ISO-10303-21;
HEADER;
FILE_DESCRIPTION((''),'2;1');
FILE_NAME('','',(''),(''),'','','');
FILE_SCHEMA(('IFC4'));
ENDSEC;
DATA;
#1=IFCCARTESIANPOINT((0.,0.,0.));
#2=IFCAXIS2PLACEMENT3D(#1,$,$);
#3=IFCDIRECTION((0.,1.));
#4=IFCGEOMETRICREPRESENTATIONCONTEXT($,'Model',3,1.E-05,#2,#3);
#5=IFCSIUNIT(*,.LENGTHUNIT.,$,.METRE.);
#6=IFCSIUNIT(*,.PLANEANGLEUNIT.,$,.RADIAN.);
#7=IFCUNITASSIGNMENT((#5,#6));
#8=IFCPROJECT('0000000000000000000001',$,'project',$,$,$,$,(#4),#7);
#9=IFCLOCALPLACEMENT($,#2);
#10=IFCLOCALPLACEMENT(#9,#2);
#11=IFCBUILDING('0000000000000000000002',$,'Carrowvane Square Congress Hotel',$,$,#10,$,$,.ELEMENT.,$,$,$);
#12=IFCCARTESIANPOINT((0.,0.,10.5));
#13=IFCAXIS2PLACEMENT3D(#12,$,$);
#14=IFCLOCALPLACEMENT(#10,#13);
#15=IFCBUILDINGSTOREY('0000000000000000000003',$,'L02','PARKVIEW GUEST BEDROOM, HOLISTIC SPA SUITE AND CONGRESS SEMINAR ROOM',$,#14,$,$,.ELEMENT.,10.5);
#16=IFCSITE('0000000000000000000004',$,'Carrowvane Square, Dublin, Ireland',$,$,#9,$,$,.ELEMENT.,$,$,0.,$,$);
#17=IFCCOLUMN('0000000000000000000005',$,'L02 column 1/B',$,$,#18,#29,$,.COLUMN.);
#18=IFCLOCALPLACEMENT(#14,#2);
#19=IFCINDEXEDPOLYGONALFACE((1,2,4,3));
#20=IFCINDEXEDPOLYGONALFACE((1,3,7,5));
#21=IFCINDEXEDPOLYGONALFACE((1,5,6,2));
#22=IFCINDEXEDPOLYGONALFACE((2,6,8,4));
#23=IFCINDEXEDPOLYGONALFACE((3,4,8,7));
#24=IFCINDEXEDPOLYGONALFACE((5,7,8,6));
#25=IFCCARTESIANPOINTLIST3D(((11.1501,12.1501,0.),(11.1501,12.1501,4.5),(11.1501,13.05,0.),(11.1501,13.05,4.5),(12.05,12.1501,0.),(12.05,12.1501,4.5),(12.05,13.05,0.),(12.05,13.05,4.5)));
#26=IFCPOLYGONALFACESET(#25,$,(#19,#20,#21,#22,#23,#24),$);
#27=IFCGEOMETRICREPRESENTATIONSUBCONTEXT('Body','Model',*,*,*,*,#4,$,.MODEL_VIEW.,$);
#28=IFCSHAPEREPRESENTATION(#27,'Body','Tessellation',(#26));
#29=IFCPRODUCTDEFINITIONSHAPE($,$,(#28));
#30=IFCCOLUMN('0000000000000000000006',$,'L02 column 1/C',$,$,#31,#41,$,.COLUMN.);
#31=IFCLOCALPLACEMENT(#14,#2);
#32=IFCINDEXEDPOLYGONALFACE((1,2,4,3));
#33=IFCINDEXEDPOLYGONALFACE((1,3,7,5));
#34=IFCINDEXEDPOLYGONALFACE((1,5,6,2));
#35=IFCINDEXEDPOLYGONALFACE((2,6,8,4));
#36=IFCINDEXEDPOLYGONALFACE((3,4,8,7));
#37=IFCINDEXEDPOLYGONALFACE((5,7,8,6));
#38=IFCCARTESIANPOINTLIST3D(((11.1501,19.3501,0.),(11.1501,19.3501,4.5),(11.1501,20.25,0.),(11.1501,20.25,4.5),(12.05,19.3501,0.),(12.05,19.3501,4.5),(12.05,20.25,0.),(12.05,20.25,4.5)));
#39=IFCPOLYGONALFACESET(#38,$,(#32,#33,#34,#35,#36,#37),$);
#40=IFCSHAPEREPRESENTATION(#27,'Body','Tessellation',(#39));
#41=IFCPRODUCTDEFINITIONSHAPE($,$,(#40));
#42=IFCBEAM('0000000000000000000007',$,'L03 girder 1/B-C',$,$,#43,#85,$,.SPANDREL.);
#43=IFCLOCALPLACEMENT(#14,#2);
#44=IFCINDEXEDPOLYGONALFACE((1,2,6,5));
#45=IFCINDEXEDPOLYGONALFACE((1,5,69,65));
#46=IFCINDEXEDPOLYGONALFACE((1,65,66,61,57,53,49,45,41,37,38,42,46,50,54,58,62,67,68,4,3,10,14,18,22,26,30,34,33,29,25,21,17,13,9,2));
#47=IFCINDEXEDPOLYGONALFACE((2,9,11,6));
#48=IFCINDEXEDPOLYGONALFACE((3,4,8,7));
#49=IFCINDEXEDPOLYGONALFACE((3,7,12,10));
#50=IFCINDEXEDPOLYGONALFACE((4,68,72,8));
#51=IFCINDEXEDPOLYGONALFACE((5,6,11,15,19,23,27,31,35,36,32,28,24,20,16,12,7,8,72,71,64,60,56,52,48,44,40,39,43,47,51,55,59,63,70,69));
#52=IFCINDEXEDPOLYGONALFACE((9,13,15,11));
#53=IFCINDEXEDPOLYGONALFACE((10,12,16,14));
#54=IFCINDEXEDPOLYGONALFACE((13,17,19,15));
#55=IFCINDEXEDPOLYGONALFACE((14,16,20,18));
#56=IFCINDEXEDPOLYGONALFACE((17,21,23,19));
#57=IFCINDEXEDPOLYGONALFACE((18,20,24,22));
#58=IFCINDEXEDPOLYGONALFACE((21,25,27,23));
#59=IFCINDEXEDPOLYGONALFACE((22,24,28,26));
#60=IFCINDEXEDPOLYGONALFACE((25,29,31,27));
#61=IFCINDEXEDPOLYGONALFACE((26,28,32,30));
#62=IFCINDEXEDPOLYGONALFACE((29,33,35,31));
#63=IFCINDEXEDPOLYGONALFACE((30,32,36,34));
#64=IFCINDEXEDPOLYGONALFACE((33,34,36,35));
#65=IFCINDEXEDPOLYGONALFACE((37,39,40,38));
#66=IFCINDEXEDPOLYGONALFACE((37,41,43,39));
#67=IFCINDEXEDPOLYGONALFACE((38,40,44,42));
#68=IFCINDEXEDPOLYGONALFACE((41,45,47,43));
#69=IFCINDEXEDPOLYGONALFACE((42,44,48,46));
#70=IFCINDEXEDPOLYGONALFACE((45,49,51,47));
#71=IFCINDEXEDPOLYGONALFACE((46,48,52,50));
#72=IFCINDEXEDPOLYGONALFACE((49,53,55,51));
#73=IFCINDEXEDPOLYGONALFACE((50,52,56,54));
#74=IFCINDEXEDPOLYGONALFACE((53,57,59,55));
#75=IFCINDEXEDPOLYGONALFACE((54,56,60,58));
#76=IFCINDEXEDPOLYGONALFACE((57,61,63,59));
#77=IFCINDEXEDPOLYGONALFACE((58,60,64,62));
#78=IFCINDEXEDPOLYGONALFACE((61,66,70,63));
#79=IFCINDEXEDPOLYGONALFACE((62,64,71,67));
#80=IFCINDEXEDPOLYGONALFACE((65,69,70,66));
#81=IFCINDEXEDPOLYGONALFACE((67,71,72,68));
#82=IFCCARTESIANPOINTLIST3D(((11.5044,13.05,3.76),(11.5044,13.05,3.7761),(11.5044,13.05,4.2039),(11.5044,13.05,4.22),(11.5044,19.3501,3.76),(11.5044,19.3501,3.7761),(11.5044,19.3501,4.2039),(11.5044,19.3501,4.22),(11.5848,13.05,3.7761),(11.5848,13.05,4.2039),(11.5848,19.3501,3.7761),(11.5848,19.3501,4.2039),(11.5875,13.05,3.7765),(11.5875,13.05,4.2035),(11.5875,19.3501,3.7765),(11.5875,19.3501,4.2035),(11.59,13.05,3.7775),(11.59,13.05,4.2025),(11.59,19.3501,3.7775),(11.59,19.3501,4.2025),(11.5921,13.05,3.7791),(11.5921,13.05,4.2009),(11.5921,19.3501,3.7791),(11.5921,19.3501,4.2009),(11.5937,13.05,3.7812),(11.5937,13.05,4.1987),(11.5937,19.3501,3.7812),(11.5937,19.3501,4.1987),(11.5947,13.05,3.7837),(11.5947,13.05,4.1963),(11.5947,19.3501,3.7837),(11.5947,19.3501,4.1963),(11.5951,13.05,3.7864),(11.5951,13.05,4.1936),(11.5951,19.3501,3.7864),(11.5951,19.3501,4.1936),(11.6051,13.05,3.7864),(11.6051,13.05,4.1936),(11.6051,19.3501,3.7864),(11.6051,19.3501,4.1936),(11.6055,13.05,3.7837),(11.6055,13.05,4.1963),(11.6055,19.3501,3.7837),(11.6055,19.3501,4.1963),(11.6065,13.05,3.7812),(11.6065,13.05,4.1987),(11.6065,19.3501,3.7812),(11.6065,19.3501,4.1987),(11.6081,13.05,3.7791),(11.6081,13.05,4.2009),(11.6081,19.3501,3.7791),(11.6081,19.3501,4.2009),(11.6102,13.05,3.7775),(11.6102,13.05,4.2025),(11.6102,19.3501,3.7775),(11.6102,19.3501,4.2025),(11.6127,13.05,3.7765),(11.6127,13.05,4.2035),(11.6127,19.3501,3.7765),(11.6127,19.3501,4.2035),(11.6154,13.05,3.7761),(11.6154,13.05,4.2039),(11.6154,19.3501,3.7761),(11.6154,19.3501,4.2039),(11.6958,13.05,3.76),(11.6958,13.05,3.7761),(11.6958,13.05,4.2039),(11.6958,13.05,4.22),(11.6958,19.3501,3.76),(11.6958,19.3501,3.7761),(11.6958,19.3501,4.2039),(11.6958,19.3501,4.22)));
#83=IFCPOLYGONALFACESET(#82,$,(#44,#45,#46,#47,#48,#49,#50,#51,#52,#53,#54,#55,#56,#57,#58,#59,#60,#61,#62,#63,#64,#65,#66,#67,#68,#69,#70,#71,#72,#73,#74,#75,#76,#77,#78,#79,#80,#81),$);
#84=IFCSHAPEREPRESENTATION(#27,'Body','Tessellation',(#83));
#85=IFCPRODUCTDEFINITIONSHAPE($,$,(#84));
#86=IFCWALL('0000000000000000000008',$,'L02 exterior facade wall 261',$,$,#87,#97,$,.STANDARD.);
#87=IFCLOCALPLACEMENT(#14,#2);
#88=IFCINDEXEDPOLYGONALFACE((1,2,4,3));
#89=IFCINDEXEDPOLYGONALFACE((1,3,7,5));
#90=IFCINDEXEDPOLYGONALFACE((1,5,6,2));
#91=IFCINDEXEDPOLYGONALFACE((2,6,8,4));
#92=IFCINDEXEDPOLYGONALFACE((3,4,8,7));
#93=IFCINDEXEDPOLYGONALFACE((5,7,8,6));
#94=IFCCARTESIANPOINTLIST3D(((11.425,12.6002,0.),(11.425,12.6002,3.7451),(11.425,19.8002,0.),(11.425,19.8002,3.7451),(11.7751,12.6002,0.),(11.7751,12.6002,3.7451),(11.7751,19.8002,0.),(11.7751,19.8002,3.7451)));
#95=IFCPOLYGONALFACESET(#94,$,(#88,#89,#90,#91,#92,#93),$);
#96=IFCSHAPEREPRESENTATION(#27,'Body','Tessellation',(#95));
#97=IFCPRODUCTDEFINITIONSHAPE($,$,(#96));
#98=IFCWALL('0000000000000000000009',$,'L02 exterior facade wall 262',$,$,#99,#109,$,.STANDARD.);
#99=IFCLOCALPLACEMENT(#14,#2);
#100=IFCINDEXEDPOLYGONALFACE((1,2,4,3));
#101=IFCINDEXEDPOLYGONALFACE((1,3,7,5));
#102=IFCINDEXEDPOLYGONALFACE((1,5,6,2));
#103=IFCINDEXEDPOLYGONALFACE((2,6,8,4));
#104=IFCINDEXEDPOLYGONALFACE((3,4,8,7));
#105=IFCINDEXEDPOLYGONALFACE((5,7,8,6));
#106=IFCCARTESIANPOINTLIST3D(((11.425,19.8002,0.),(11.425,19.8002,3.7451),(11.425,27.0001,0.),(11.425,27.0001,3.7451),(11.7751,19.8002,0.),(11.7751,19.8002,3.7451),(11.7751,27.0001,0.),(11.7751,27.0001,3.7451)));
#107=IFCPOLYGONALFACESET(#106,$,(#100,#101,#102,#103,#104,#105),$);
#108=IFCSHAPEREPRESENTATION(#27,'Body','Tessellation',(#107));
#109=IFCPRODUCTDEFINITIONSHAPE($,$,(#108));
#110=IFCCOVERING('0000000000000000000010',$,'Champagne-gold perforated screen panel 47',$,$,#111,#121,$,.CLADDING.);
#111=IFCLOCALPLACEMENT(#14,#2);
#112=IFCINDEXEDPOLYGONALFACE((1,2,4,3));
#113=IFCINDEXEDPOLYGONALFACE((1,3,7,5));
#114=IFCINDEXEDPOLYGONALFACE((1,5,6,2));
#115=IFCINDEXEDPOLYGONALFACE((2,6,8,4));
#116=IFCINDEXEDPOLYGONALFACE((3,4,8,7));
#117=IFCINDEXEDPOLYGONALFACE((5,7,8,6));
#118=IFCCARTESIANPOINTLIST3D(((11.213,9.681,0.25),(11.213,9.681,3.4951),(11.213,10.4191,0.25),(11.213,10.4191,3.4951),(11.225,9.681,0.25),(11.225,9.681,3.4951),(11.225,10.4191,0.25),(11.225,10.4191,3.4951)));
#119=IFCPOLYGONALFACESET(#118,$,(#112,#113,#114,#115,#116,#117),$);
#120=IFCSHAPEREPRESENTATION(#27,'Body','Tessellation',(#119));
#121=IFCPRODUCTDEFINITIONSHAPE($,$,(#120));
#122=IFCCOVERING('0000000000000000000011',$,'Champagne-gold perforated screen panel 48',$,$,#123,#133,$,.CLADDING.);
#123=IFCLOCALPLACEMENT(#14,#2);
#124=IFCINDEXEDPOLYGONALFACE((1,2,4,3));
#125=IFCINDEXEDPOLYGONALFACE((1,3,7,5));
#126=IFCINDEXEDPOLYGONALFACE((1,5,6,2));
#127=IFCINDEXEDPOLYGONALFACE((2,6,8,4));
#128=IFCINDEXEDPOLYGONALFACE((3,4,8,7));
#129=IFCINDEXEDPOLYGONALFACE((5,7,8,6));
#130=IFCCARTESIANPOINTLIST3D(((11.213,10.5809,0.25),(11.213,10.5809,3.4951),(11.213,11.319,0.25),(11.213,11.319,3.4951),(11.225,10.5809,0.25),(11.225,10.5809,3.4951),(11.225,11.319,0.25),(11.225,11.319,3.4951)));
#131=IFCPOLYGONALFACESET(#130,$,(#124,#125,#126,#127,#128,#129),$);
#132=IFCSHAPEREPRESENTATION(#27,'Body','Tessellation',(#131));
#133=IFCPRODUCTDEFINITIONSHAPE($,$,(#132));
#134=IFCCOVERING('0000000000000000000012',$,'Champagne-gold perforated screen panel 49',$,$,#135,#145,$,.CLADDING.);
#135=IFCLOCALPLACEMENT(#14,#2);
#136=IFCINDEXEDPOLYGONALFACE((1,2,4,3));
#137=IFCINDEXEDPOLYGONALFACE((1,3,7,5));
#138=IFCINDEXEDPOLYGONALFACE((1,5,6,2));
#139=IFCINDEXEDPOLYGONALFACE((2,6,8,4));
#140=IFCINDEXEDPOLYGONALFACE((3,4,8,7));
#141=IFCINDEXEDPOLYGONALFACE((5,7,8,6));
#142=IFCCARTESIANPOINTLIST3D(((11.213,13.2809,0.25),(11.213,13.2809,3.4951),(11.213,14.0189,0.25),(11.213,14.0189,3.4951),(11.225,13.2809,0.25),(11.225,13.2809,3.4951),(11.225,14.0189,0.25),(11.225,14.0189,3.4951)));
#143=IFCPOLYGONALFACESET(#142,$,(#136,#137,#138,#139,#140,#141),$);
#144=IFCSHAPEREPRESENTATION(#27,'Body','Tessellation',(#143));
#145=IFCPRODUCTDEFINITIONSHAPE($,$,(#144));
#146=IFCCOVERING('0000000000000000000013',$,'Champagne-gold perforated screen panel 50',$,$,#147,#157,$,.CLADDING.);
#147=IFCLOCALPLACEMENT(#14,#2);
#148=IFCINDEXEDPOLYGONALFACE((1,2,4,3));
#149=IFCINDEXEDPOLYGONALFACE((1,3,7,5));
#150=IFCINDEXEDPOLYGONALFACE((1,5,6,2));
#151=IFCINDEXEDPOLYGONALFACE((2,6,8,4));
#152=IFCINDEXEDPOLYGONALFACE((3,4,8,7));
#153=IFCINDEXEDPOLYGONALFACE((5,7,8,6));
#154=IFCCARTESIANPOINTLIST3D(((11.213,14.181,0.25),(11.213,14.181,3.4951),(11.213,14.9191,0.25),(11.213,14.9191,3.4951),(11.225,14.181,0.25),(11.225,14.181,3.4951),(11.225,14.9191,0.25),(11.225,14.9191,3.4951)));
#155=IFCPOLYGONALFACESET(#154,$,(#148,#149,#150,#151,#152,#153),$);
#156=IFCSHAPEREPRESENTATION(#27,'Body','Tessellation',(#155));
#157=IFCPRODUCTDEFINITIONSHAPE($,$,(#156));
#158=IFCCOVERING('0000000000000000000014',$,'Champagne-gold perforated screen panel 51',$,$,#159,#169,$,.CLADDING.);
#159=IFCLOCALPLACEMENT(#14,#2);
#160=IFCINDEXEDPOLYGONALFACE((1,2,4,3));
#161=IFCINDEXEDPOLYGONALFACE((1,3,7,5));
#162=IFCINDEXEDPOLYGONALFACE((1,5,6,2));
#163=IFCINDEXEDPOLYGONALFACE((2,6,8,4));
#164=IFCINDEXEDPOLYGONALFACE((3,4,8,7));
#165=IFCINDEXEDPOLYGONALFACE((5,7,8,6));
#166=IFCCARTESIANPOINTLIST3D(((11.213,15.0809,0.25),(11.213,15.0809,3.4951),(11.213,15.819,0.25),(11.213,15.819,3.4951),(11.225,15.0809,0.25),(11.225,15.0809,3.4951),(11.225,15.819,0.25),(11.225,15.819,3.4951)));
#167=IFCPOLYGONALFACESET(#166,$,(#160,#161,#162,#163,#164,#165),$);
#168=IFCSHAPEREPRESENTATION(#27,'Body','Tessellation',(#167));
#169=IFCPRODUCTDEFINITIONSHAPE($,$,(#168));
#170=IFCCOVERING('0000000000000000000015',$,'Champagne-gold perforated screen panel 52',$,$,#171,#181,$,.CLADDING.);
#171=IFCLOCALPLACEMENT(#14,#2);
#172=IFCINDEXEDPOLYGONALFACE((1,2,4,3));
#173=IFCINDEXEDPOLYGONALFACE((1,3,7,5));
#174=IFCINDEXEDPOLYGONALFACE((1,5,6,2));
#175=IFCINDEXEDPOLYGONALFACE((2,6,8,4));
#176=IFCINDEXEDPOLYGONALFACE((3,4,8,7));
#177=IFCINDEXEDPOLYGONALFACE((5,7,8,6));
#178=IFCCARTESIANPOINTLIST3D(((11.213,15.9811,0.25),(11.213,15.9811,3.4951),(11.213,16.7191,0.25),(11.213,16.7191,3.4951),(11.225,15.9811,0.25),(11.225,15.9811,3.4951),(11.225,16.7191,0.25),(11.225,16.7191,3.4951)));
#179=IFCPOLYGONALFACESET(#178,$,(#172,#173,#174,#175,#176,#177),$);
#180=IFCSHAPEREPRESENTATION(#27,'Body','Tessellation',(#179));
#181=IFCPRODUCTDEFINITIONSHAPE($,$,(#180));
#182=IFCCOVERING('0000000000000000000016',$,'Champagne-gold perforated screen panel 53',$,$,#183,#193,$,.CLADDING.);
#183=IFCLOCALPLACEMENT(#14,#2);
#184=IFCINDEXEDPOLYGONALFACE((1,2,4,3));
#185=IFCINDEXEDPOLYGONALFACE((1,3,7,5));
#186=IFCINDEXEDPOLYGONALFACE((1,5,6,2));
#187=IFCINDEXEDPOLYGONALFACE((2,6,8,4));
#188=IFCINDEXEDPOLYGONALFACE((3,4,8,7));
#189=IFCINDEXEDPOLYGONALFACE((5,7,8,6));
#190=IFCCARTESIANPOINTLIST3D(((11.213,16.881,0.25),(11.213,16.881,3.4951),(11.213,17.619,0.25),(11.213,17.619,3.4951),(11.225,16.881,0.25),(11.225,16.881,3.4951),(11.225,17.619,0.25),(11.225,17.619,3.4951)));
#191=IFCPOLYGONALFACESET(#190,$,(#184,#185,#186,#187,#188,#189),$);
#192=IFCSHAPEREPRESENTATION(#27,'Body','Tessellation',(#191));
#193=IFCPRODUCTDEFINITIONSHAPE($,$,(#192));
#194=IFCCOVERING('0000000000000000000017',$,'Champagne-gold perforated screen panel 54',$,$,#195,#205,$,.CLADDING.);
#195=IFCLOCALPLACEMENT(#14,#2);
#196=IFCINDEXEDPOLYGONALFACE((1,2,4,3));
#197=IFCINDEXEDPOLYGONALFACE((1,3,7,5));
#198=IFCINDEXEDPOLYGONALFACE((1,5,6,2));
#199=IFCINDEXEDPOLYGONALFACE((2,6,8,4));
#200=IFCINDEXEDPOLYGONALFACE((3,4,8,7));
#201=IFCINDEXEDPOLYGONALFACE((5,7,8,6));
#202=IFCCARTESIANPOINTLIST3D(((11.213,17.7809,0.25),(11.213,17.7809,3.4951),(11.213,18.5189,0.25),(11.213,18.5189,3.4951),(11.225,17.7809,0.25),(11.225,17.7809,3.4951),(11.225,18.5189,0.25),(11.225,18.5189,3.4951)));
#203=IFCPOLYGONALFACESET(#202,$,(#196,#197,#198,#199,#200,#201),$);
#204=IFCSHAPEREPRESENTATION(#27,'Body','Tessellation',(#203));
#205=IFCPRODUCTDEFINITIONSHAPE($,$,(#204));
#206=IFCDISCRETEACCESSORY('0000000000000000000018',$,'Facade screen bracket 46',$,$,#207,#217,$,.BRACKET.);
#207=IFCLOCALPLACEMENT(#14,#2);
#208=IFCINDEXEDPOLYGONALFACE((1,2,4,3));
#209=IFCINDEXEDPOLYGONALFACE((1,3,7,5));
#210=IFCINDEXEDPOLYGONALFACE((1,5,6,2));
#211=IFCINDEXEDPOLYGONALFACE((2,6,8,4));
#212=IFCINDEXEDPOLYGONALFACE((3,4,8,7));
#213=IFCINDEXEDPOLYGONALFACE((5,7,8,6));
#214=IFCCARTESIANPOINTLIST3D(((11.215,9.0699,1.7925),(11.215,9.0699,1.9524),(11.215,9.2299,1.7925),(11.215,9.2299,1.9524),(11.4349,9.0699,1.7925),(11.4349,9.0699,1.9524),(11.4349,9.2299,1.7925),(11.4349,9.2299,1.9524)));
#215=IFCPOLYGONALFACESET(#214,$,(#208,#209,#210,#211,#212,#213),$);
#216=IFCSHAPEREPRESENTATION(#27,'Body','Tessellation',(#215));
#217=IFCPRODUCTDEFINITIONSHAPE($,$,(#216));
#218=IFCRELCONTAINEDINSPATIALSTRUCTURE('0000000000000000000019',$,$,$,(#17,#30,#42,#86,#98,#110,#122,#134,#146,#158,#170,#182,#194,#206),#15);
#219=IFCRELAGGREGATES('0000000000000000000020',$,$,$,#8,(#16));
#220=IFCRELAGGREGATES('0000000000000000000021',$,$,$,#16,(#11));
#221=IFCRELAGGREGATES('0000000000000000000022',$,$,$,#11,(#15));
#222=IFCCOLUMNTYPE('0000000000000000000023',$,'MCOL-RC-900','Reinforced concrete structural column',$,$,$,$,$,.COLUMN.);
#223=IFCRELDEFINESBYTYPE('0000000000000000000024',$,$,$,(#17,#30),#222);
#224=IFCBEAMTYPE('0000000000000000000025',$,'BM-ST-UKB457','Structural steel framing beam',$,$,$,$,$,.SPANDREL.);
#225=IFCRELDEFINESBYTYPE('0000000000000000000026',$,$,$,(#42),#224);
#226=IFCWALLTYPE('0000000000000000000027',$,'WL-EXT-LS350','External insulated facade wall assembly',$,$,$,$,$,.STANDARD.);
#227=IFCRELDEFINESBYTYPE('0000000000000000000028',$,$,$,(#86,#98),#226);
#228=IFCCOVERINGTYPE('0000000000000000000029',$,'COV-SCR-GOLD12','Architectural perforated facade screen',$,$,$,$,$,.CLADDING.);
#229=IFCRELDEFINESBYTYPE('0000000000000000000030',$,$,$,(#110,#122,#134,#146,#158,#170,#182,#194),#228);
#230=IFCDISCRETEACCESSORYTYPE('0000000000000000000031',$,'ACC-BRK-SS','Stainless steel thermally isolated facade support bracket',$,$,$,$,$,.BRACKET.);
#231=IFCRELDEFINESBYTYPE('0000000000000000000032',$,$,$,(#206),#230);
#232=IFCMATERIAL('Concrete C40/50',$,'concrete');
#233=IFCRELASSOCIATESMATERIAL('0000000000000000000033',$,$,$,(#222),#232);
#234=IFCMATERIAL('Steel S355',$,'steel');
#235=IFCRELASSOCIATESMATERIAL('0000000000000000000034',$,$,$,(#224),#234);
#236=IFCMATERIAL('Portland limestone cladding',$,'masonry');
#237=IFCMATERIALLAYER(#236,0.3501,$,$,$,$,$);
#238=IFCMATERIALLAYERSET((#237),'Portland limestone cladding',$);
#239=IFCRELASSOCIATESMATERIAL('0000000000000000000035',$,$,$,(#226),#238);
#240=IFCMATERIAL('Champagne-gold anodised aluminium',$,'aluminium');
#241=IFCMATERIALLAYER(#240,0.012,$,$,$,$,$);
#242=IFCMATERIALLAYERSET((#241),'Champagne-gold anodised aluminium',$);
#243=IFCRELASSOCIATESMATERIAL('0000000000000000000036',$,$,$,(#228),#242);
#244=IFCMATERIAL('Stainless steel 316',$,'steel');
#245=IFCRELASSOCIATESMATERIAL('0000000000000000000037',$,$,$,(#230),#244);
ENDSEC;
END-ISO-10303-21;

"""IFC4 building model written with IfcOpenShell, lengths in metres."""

from ifc_helpers import new_model, si_unit, direction, frame, frame_2d, origin, origin_2d, place, context, subcontext, project, spatial, rectangle, i_section, extrude, material, layer, layer_set, material_profile, profile_set, type_object, element, save


model = new_model("IFC4")

# Units and contexts
model_context = context("Model", 3, precision=1e-05, world=origin(), true_north=direction((0.0, 1.0)))
body_context = subcontext(model_context, "Body", "Model", "MODEL_VIEW")
ifc_project = project(units=[si_unit("LENGTHUNIT", "METRE"), si_unit("PLANEANGLEUNIT", "RADIAN")], contexts=[model_context])

# Site, building, storey
site_placement = place(None, origin())
site = spatial("IfcSite", under=ifc_project, at=site_placement, Name="Carrowvane Square, Dublin, Ireland", CompositionType="ELEMENT", RefElevation=0.0)
building_placement = place(site_placement, origin())
building = spatial("IfcBuilding", under=site, at=building_placement, Name="Carrowvane Square Congress Hotel", CompositionType="ELEMENT")
storey_placement = place(building_placement, frame((0.0, 0.0, 10.5)))
storey = spatial("IfcBuildingStorey", under=building, at=storey_placement, Name="L02", Description="PARKVIEW GUEST BEDROOM, HOLISTIC SPA SUITE AND CONGRESS SEMINAR ROOM", CompositionType="ELEMENT", Elevation=10.5)

# Columns
ifc_material_1 = material(Name="Concrete C40/50", Category="concrete")
ifc_material_profile_1 = material_profile(ifc_material_1, rectangle(XDim=0.8999, YDim=0.8999, at=origin_2d()), Name="RC 900x900")
ifc_profile_set_1 = profile_set([ifc_material_profile_1], Name="Concrete C40/50")
column_type = type_object("IfcColumnType", Name="MCOL-RC-900", Description="Reinforced concrete structural column", PredefinedType="COLUMN", material=ifc_profile_set_1)
for number, where, z_axis, x_axis, name in (
    (1, (11.6001, 12.6001, 0.0), (0.0, 0.0, 1.0), (1.0, 0.0, 0.0), "L02 column 1/B"),
    (2, (11.6001, 19.8, 0.0), (0.0, 0.0, 1.0), (1.0, 0.0, 0.0), "L02 column 1/C"),
):
    element("IfcColumn", number, at=place(storey_placement, frame(where, z_axis=z_axis, x_axis=x_axis)), inside=storey, type_object=column_type, Name=name, PredefinedType="COLUMN", context=body_context, shape_type="SweptSolid", body=[
        extrude(rectangle(XDim=0.8999, YDim=0.8999, at=origin_2d()), origin(), (0.0, 0.0, 1.0), 4.5),
    ])

# Beam
ifc_material_2 = material(Name="Steel S355", Category="steel")
ifc_material_profile_2 = material_profile(ifc_material_2, i_section(OverallWidth=0.1914, OverallDepth=0.46, WebThickness=0.01, FlangeThickness=0.0161, FilletRadius=0.0103, at=origin_2d()), Name="UKB 457x191x82")
ifc_profile_set_2 = profile_set([ifc_material_profile_2], Name="Steel S355")
beam_type = type_object("IfcBeamType", Name="BM-ST-UKB457", Description="Structural steel framing beam", PredefinedType="SPANDREL", material=ifc_profile_set_2)
beam_placement = place(storey_placement, frame((11.6001, 13.05, 3.99), z_axis=(0.0, 1.0, 0.0), x_axis=(-1.0, 0.0, 0.0)))
element("IfcBeam", 3, at=beam_placement, inside=storey, type_object=beam_type, Name="L03 girder 1/B-C", PredefinedType="SPANDREL", context=body_context, shape_type="SweptSolid", body=[
    extrude(i_section(OverallWidth=0.1914, OverallDepth=0.46, WebThickness=0.01, FlangeThickness=0.0161, FilletRadius=0.0103, at=origin_2d()), origin(), (0.0, 0.0, 1.0), 6.3),
])

# Walls
ifc_material_3 = material(Name="Portland limestone cladding", Category="masonry")
ifc_layer_1 = layer(ifc_material_3, 0.3501)
ifc_layer_set_1 = layer_set([ifc_layer_1], Name="Portland limestone cladding")
wall_type = type_object("IfcWallType", Name="WL-EXT-LS350", Description="External insulated facade wall assembly", PredefinedType="STANDARD", material=ifc_layer_set_1)
for number, where, z_axis, x_axis, name in (
    (4, (11.6001, 12.6001, 0.0), (0.0, 0.0, 1.0), (0.0, 1.0, 0.0), "L02 exterior facade wall 261"),
    (5, (11.6001, 19.8, 0.0), (0.0, 0.0, 1.0), (0.0, 1.0, 0.0), "L02 exterior facade wall 262"),
):
    element("IfcWall", number, at=place(storey_placement, frame(where, z_axis=z_axis, x_axis=x_axis)), inside=storey, type_object=wall_type, Name=name, PredefinedType="STANDARD", context=body_context, shape_type="SweptSolid", body=[
        extrude(rectangle(XDim=7.2, YDim=0.3501, at=frame_2d((3.6001, 0.0))), origin(), (0.0, 0.0, 1.0), 3.7451),
    ])

# Coverings
ifc_material_4 = material(Name="Champagne-gold anodised aluminium", Category="aluminium")
ifc_layer_2 = layer(ifc_material_4, 0.012)
ifc_layer_set_2 = layer_set([ifc_layer_2], Name="Champagne-gold anodised aluminium")
covering_type = type_object("IfcCoveringType", Name="COV-SCR-GOLD12", Description="Architectural perforated facade screen", PredefinedType="CLADDING", material=ifc_layer_set_2)
for number, where, z_axis, x_axis, name in (
    (6, (11.219, 10.05, 0.25), (0.0, 0.0, 1.0), (0.0, 1.0, 0.0), "Champagne-gold perforated screen panel 47"),
    (7, (11.219, 10.95, 0.25), (0.0, 0.0, 1.0), (0.0, 1.0, 0.0), "Champagne-gold perforated screen panel 48"),
    (8, (11.219, 13.6499, 0.25), (0.0, 0.0, 1.0), (0.0, 1.0, 0.0), "Champagne-gold perforated screen panel 49"),
    (9, (11.219, 14.55, 0.25), (0.0, 0.0, 1.0), (0.0, 1.0, 0.0), "Champagne-gold perforated screen panel 50"),
    (10, (11.219, 15.45, 0.25), (0.0, 0.0, 1.0), (0.0, 1.0, 0.0), "Champagne-gold perforated screen panel 51"),
    (11, (11.219, 16.3501, 0.25), (0.0, 0.0, 1.0), (0.0, 1.0, 0.0), "Champagne-gold perforated screen panel 52"),
    (12, (11.219, 17.25, 0.25), (0.0, 0.0, 1.0), (0.0, 1.0, 0.0), "Champagne-gold perforated screen panel 53"),
    (13, (11.219, 18.1499, 0.25), (0.0, 0.0, 1.0), (0.0, 1.0, 0.0), "Champagne-gold perforated screen panel 54"),
):
    element("IfcCovering", number, at=place(storey_placement, frame(where, z_axis=z_axis, x_axis=x_axis)), inside=storey, type_object=covering_type, Name=name, PredefinedType="CLADDING", context=body_context, shape_type="SweptSolid", body=[
        extrude(rectangle(XDim=0.738, YDim=0.012, at=origin_2d()), origin(), (0.0, 0.0, 1.0), 3.2451),
    ])

# Discrete accessory
ifc_material_5 = material(Name="Stainless steel 316", Category="steel")
discrete_accessory_type = type_object("IfcDiscreteAccessoryType", Name="ACC-BRK-SS", Description="Stainless steel thermally isolated facade support bracket", PredefinedType="BRACKET", material=ifc_material_5)
for number, where, z_axis, x_axis, name in (
    (14, (11.325, 9.1499, 1.7925), (0.0, 0.0, 1.0), (0.0, 1.0, 0.0), "Facade screen bracket 46"),
):
    element("IfcDiscreteAccessory", number, at=place(storey_placement, frame(where, z_axis=z_axis, x_axis=x_axis)), inside=storey, type_object=discrete_accessory_type, Name=name, PredefinedType="BRACKET", context=body_context, shape_type="SweptSolid", body=[
        extrude(rectangle(XDim=0.1599, YDim=0.22, at=origin_2d()), origin(), (0.0, 0.0, 1.0), 0.1599),
    ])

save(model, "model.ifc")
